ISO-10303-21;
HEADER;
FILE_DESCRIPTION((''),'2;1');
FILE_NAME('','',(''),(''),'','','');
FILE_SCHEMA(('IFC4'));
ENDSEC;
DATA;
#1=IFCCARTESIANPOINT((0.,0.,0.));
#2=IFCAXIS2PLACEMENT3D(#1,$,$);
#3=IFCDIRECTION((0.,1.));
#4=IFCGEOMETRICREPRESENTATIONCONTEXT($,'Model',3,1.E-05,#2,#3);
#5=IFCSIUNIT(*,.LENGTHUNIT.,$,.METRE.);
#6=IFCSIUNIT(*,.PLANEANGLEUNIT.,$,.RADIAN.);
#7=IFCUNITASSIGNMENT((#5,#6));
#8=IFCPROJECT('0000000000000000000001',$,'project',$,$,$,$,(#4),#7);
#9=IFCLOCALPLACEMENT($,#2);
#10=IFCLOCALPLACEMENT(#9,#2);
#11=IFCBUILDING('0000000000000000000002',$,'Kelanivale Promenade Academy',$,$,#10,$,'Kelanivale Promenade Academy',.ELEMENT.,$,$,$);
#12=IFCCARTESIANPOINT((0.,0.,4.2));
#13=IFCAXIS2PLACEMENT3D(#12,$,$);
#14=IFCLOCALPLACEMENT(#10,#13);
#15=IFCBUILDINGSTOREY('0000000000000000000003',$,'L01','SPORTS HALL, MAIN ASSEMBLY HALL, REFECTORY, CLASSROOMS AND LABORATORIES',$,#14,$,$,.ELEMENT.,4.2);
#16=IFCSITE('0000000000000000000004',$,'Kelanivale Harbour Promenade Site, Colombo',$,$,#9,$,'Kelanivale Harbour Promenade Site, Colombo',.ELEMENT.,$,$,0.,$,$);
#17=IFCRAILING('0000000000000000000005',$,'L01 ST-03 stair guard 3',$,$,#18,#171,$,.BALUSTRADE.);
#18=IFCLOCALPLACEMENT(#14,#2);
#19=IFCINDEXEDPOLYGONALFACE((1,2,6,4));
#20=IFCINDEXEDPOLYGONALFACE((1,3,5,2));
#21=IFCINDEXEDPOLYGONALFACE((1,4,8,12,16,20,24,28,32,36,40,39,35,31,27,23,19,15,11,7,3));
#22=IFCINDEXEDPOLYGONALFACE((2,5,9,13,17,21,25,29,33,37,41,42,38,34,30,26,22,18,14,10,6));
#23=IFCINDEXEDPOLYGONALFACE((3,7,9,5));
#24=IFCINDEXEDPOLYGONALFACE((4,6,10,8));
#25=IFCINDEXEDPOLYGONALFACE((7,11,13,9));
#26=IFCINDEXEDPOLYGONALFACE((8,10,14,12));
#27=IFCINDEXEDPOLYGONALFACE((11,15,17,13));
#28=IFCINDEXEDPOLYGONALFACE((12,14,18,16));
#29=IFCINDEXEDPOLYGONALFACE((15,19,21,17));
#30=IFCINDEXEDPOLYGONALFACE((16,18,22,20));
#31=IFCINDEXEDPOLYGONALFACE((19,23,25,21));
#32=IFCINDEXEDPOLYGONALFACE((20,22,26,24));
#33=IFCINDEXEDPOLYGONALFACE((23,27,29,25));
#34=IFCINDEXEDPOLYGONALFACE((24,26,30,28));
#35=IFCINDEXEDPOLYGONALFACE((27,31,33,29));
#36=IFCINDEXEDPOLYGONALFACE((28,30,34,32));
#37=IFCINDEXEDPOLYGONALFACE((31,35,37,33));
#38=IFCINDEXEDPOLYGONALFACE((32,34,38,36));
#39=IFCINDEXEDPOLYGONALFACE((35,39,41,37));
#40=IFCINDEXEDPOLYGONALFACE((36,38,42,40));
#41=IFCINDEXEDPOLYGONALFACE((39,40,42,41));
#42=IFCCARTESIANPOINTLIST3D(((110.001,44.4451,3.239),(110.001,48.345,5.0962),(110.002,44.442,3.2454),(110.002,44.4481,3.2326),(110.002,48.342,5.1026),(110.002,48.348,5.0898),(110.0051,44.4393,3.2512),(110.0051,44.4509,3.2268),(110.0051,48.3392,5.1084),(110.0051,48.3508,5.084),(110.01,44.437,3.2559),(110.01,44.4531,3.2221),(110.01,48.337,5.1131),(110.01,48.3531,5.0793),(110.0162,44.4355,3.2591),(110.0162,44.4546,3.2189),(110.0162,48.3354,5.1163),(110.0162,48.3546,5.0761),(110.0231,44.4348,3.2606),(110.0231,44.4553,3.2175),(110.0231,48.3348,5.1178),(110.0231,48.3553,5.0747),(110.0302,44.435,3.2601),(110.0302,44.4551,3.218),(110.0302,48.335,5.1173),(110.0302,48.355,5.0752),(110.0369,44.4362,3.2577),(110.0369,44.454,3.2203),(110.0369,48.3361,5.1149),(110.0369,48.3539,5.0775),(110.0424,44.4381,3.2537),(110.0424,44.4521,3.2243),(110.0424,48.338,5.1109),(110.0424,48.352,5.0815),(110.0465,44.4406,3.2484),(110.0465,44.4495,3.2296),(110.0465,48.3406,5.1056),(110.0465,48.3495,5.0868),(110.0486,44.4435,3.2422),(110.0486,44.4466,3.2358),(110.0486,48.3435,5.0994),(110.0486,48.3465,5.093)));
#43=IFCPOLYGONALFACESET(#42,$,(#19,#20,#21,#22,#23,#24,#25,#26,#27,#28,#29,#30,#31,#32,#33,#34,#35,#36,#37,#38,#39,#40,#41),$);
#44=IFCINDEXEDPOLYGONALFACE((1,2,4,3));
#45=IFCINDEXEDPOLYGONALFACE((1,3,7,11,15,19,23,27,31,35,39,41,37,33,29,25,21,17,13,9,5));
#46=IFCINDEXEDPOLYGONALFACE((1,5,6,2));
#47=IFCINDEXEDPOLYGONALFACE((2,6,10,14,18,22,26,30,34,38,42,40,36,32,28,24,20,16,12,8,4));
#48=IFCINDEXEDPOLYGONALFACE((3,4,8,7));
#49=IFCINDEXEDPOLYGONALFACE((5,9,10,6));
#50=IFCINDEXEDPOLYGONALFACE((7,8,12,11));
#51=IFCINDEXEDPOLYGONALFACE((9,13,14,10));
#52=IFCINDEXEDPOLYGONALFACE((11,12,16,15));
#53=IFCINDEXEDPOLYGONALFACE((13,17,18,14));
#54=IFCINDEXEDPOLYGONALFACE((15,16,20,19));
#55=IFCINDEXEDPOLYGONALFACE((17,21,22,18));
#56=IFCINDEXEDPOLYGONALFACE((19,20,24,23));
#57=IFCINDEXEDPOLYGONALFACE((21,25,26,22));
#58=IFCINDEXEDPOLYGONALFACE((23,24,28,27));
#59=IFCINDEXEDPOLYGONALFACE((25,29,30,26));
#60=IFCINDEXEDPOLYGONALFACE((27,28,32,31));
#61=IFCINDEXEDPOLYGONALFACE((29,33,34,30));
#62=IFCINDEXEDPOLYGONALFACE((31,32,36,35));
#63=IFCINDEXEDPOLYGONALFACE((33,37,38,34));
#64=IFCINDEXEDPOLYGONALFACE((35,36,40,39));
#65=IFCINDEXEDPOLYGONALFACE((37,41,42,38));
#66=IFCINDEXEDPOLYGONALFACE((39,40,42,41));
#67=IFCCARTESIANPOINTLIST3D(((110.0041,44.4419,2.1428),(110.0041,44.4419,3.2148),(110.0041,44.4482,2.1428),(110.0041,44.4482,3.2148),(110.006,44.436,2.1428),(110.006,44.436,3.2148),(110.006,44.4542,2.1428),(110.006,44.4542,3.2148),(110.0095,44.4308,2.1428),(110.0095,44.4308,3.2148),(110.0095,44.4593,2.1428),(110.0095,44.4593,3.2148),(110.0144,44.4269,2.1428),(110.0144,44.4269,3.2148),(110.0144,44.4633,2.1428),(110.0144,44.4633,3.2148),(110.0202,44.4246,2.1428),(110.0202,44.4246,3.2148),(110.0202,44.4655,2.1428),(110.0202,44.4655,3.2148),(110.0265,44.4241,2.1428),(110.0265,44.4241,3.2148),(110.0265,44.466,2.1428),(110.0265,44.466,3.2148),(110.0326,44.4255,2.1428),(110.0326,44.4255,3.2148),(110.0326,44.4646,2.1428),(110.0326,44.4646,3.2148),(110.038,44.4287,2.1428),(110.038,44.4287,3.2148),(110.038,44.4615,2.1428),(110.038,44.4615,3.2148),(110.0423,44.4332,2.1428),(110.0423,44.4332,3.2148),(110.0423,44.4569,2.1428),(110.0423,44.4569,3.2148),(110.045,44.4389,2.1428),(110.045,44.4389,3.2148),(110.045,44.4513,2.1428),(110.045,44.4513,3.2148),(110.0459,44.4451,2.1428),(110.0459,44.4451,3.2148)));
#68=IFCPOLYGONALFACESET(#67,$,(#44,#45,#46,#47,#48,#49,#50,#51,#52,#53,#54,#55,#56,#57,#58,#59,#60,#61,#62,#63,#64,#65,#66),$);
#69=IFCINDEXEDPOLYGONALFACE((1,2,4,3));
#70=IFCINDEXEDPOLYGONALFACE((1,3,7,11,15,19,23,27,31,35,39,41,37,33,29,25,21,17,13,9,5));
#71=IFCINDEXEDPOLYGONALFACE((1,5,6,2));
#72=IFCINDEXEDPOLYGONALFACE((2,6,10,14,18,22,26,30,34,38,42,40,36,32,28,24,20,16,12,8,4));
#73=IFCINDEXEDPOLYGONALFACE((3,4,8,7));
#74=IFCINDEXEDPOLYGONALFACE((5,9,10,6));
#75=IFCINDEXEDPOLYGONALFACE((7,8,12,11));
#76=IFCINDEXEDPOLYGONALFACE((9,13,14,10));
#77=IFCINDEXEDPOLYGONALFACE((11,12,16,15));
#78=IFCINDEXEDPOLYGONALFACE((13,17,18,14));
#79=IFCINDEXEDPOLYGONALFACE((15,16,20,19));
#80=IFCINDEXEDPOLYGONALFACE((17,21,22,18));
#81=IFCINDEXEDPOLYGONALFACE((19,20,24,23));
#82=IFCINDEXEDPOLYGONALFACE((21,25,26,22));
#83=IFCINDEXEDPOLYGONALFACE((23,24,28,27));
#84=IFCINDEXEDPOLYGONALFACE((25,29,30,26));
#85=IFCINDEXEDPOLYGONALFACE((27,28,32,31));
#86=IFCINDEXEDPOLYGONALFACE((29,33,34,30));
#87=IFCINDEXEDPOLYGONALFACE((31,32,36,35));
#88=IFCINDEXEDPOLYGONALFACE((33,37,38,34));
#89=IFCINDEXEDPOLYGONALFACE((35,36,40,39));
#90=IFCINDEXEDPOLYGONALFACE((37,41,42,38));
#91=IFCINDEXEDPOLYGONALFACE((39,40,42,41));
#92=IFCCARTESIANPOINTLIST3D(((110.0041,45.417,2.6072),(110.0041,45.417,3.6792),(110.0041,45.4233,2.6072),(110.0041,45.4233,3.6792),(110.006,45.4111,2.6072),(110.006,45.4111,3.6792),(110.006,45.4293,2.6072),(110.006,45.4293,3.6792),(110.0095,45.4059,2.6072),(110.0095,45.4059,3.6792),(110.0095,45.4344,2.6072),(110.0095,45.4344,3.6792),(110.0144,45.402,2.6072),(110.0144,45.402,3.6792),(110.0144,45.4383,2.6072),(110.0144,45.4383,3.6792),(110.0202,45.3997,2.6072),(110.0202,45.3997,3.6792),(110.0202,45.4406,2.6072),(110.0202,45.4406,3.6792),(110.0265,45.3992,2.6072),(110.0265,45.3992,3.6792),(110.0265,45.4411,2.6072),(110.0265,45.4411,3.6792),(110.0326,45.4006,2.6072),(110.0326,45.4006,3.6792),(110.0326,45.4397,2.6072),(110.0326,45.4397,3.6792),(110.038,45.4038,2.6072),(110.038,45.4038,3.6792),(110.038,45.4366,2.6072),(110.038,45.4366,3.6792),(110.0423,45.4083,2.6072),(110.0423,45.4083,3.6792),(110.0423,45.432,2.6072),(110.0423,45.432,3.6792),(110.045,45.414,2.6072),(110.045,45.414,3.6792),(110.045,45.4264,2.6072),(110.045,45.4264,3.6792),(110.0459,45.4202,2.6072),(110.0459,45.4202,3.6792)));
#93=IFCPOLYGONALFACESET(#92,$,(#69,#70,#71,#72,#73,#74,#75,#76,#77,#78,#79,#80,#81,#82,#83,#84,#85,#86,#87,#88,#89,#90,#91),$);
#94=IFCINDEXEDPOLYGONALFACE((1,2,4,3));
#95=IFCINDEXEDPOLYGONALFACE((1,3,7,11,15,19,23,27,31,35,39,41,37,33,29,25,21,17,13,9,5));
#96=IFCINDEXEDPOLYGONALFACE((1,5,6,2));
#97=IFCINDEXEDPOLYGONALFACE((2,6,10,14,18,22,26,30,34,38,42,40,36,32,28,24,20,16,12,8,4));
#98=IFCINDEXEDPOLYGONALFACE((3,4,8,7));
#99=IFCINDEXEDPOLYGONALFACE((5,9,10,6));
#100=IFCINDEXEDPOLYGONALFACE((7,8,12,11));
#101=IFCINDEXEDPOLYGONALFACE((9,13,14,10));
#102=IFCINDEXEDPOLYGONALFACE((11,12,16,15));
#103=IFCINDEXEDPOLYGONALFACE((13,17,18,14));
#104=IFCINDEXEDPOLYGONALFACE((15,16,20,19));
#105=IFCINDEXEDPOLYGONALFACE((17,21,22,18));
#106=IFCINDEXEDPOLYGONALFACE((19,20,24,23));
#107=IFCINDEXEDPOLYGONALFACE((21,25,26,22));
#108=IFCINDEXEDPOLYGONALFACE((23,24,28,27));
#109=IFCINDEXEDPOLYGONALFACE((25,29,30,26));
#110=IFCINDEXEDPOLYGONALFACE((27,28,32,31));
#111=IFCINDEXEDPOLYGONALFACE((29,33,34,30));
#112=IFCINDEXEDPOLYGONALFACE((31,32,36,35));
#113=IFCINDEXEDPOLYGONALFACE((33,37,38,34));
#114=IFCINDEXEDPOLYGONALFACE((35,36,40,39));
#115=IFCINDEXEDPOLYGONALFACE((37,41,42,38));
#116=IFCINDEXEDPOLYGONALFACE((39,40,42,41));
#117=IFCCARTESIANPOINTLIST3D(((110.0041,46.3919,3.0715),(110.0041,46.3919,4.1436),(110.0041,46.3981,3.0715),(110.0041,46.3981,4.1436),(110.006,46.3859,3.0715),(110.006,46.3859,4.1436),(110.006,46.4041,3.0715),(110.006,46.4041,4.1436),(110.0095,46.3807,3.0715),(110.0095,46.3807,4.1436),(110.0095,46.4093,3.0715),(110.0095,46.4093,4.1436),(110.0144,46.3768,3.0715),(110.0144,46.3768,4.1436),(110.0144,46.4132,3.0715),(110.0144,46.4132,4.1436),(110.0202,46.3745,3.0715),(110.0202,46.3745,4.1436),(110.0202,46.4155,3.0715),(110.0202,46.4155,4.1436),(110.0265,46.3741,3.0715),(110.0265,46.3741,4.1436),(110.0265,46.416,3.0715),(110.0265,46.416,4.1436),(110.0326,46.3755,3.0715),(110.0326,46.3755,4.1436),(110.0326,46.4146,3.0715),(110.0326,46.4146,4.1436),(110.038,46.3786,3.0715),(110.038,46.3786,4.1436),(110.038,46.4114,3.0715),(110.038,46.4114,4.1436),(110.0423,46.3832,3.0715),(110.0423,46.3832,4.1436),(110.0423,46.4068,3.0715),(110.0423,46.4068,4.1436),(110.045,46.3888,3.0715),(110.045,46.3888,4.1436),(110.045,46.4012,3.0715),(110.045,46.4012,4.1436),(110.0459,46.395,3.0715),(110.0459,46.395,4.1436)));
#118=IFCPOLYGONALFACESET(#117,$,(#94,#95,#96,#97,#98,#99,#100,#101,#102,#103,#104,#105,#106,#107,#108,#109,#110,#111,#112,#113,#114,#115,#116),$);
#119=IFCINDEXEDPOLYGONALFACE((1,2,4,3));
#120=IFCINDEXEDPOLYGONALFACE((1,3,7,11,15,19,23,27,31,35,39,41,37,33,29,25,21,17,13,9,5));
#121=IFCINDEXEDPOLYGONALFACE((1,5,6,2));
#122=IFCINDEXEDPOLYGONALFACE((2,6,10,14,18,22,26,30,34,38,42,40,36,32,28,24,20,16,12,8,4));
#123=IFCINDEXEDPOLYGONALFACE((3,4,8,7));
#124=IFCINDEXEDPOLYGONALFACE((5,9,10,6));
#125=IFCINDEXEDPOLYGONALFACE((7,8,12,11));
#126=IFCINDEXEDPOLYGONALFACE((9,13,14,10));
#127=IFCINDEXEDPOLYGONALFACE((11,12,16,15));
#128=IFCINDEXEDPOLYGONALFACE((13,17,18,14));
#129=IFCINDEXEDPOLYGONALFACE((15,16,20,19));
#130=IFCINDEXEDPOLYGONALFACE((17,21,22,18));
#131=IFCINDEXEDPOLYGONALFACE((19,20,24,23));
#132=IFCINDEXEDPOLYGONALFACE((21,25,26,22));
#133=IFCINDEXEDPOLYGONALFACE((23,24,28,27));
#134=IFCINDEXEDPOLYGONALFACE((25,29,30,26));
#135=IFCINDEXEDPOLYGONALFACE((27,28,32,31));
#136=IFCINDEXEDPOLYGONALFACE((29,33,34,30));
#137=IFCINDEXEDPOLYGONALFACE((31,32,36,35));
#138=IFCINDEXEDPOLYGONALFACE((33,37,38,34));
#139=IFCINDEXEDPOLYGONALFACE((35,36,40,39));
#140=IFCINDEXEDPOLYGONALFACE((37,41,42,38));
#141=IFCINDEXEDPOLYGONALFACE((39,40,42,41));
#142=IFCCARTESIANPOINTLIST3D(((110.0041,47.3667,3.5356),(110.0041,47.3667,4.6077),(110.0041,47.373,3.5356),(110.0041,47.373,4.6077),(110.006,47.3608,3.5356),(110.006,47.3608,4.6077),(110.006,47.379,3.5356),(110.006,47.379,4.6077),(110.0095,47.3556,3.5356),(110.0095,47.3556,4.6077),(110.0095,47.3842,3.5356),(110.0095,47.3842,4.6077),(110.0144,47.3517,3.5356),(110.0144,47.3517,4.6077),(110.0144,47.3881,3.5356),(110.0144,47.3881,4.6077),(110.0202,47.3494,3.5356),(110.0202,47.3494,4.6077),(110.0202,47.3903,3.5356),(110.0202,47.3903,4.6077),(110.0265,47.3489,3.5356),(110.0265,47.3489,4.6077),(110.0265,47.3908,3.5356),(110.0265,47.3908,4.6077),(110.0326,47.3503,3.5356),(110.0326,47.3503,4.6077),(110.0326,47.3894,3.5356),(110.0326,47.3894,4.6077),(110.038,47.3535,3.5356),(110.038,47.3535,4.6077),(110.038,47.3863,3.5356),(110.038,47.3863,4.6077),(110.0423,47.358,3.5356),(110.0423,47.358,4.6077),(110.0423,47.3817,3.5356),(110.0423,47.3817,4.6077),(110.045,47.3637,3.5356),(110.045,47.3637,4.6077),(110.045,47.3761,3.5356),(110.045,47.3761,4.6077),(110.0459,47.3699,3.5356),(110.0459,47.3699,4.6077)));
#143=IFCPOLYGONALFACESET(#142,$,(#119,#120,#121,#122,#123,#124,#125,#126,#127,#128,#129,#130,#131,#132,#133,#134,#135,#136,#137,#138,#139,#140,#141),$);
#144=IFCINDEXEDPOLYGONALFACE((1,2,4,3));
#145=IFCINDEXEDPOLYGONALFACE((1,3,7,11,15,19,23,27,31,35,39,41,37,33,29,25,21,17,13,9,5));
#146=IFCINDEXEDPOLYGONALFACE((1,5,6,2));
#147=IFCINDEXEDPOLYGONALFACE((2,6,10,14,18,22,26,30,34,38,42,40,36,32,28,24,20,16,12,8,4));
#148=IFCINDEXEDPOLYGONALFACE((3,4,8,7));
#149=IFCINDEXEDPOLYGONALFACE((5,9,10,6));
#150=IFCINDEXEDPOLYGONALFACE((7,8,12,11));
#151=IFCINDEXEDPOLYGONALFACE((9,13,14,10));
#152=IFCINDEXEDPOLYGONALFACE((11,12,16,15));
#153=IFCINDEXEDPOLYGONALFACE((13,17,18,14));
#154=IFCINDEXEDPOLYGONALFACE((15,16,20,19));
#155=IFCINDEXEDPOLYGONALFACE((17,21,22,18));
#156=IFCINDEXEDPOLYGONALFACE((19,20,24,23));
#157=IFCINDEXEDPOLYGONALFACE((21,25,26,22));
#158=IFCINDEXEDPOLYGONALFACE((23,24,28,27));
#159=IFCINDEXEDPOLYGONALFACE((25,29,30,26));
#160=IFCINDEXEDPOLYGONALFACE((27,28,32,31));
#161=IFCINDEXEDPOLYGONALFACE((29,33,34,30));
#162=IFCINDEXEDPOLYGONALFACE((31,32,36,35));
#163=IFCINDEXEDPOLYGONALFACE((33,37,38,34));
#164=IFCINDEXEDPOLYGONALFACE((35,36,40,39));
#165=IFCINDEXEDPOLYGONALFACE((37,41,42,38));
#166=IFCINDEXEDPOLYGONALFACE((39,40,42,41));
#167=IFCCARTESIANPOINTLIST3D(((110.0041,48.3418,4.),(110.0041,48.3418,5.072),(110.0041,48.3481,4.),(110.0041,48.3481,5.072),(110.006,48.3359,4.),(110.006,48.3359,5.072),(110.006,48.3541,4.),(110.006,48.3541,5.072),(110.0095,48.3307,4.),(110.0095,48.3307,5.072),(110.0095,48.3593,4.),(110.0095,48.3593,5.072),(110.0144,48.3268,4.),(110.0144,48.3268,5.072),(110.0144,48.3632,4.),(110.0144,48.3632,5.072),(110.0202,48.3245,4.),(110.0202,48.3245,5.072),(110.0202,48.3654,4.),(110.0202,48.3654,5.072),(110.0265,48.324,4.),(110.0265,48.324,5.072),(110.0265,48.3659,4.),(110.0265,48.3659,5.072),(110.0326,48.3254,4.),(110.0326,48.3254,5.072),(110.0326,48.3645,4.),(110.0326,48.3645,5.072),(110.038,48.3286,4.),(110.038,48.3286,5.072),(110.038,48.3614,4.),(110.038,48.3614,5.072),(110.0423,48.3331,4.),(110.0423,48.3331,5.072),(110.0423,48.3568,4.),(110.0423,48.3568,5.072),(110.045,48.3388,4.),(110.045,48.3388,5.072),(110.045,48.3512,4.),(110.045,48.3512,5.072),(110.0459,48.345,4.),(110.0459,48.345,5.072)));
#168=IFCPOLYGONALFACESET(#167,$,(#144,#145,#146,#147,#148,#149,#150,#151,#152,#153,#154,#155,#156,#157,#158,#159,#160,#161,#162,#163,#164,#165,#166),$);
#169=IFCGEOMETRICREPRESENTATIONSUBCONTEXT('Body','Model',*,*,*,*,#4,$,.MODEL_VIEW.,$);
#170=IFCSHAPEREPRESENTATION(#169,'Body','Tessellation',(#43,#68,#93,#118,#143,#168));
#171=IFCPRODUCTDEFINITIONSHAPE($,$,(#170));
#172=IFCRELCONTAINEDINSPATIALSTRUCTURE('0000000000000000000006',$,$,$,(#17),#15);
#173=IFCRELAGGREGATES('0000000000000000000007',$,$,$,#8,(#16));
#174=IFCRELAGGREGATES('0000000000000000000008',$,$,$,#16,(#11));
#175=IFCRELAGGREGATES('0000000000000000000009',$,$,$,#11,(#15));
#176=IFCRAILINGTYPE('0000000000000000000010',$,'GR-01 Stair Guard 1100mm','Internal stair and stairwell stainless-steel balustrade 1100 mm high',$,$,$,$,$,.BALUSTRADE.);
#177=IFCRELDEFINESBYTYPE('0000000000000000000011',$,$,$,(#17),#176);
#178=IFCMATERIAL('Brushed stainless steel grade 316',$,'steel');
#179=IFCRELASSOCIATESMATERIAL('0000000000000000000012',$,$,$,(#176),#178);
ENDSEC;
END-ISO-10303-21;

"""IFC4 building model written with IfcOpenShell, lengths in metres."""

from ifc_helpers import new_model, si_unit, direction, frame, origin, origin_2d, place, context, subcontext, project, spatial, circle, extrude, material, type_object, element, save


model = new_model("IFC4")

# Units and contexts
model_context = context("Model", 3, precision=1e-05, world=origin(), true_north=direction((0.0, 1.0)))
body_context = subcontext(model_context, "Body", "Model", "MODEL_VIEW")
ifc_project = project(units=[si_unit("LENGTHUNIT", "METRE"), si_unit("PLANEANGLEUNIT", "RADIAN")], contexts=[model_context])

# Site, building, storey
site_placement = place(None, origin())
site = spatial("IfcSite", under=ifc_project, at=site_placement, Name="Kelanivale Harbour Promenade Site, Colombo", LongName="Kelanivale Harbour Promenade Site, Colombo", CompositionType="ELEMENT", RefElevation=0.0)
building_placement = place(site_placement, origin())
building = spatial("IfcBuilding", under=site, at=building_placement, Name="Kelanivale Promenade Academy", LongName="Kelanivale Promenade Academy", CompositionType="ELEMENT")
storey_placement = place(building_placement, frame((0.0, 0.0, 4.2)))
storey = spatial("IfcBuildingStorey", under=building, at=storey_placement, Name="L01", Description="SPORTS HALL, MAIN ASSEMBLY HALL, REFECTORY, CLASSROOMS AND LABORATORIES", CompositionType="ELEMENT", Elevation=4.2)

# Railing
ifc_material_1 = material(Name="Brushed stainless steel grade 316", Category="steel")
railing_type_1 = type_object("IfcRailingType", Name="GR-01 Stair Guard 1100mm", Description="Internal stair and stairwell stainless-steel balustrade 1100 mm high", PredefinedType="BALUSTRADE", material=ifc_material_1)
railing_1_placement = place(storey_placement, frame((110.0249, 44.4451, 2.1428)))
element("IfcRailing", 1, at=railing_1_placement, inside=storey, type_object=railing_type_1, Name="L01 ST-03 stair guard 3", PredefinedType="BALUSTRADE", context=body_context, shape_type="SweptSolid", body=[
    extrude(circle(Radius=0.0239, at=origin_2d()), frame((0.0, 0.0, 1.0962), z_axis=(0.0, 0.902853, 0.429949), x_axis=(-1.0, 0.0, 0.0)), (0.0, 0.0, 1.0), 4.3196),
    extrude(circle(Radius=0.021, at=origin_2d()), origin(), (0.0, 0.0, 1.0), 1.072),
    extrude(circle(Radius=0.021, at=origin_2d()), frame((0.0, 0.9751, 0.4644)), (0.0, 0.0, 1.0), 1.072),
    extrude(circle(Radius=0.021, at=origin_2d()), frame((0.0, 1.95, 0.9287)), (0.0, 0.0, 1.0), 1.072),
    extrude(circle(Radius=0.021, at=origin_2d()), frame((0.0, 2.9248, 1.3928)), (0.0, 0.0, 1.0), 1.072),
    extrude(circle(Radius=0.021, at=origin_2d()), frame((0.0, 3.8999, 1.8572)), (0.0, 0.0, 1.0), 1.072),
])

save(model, "model.ifc")
